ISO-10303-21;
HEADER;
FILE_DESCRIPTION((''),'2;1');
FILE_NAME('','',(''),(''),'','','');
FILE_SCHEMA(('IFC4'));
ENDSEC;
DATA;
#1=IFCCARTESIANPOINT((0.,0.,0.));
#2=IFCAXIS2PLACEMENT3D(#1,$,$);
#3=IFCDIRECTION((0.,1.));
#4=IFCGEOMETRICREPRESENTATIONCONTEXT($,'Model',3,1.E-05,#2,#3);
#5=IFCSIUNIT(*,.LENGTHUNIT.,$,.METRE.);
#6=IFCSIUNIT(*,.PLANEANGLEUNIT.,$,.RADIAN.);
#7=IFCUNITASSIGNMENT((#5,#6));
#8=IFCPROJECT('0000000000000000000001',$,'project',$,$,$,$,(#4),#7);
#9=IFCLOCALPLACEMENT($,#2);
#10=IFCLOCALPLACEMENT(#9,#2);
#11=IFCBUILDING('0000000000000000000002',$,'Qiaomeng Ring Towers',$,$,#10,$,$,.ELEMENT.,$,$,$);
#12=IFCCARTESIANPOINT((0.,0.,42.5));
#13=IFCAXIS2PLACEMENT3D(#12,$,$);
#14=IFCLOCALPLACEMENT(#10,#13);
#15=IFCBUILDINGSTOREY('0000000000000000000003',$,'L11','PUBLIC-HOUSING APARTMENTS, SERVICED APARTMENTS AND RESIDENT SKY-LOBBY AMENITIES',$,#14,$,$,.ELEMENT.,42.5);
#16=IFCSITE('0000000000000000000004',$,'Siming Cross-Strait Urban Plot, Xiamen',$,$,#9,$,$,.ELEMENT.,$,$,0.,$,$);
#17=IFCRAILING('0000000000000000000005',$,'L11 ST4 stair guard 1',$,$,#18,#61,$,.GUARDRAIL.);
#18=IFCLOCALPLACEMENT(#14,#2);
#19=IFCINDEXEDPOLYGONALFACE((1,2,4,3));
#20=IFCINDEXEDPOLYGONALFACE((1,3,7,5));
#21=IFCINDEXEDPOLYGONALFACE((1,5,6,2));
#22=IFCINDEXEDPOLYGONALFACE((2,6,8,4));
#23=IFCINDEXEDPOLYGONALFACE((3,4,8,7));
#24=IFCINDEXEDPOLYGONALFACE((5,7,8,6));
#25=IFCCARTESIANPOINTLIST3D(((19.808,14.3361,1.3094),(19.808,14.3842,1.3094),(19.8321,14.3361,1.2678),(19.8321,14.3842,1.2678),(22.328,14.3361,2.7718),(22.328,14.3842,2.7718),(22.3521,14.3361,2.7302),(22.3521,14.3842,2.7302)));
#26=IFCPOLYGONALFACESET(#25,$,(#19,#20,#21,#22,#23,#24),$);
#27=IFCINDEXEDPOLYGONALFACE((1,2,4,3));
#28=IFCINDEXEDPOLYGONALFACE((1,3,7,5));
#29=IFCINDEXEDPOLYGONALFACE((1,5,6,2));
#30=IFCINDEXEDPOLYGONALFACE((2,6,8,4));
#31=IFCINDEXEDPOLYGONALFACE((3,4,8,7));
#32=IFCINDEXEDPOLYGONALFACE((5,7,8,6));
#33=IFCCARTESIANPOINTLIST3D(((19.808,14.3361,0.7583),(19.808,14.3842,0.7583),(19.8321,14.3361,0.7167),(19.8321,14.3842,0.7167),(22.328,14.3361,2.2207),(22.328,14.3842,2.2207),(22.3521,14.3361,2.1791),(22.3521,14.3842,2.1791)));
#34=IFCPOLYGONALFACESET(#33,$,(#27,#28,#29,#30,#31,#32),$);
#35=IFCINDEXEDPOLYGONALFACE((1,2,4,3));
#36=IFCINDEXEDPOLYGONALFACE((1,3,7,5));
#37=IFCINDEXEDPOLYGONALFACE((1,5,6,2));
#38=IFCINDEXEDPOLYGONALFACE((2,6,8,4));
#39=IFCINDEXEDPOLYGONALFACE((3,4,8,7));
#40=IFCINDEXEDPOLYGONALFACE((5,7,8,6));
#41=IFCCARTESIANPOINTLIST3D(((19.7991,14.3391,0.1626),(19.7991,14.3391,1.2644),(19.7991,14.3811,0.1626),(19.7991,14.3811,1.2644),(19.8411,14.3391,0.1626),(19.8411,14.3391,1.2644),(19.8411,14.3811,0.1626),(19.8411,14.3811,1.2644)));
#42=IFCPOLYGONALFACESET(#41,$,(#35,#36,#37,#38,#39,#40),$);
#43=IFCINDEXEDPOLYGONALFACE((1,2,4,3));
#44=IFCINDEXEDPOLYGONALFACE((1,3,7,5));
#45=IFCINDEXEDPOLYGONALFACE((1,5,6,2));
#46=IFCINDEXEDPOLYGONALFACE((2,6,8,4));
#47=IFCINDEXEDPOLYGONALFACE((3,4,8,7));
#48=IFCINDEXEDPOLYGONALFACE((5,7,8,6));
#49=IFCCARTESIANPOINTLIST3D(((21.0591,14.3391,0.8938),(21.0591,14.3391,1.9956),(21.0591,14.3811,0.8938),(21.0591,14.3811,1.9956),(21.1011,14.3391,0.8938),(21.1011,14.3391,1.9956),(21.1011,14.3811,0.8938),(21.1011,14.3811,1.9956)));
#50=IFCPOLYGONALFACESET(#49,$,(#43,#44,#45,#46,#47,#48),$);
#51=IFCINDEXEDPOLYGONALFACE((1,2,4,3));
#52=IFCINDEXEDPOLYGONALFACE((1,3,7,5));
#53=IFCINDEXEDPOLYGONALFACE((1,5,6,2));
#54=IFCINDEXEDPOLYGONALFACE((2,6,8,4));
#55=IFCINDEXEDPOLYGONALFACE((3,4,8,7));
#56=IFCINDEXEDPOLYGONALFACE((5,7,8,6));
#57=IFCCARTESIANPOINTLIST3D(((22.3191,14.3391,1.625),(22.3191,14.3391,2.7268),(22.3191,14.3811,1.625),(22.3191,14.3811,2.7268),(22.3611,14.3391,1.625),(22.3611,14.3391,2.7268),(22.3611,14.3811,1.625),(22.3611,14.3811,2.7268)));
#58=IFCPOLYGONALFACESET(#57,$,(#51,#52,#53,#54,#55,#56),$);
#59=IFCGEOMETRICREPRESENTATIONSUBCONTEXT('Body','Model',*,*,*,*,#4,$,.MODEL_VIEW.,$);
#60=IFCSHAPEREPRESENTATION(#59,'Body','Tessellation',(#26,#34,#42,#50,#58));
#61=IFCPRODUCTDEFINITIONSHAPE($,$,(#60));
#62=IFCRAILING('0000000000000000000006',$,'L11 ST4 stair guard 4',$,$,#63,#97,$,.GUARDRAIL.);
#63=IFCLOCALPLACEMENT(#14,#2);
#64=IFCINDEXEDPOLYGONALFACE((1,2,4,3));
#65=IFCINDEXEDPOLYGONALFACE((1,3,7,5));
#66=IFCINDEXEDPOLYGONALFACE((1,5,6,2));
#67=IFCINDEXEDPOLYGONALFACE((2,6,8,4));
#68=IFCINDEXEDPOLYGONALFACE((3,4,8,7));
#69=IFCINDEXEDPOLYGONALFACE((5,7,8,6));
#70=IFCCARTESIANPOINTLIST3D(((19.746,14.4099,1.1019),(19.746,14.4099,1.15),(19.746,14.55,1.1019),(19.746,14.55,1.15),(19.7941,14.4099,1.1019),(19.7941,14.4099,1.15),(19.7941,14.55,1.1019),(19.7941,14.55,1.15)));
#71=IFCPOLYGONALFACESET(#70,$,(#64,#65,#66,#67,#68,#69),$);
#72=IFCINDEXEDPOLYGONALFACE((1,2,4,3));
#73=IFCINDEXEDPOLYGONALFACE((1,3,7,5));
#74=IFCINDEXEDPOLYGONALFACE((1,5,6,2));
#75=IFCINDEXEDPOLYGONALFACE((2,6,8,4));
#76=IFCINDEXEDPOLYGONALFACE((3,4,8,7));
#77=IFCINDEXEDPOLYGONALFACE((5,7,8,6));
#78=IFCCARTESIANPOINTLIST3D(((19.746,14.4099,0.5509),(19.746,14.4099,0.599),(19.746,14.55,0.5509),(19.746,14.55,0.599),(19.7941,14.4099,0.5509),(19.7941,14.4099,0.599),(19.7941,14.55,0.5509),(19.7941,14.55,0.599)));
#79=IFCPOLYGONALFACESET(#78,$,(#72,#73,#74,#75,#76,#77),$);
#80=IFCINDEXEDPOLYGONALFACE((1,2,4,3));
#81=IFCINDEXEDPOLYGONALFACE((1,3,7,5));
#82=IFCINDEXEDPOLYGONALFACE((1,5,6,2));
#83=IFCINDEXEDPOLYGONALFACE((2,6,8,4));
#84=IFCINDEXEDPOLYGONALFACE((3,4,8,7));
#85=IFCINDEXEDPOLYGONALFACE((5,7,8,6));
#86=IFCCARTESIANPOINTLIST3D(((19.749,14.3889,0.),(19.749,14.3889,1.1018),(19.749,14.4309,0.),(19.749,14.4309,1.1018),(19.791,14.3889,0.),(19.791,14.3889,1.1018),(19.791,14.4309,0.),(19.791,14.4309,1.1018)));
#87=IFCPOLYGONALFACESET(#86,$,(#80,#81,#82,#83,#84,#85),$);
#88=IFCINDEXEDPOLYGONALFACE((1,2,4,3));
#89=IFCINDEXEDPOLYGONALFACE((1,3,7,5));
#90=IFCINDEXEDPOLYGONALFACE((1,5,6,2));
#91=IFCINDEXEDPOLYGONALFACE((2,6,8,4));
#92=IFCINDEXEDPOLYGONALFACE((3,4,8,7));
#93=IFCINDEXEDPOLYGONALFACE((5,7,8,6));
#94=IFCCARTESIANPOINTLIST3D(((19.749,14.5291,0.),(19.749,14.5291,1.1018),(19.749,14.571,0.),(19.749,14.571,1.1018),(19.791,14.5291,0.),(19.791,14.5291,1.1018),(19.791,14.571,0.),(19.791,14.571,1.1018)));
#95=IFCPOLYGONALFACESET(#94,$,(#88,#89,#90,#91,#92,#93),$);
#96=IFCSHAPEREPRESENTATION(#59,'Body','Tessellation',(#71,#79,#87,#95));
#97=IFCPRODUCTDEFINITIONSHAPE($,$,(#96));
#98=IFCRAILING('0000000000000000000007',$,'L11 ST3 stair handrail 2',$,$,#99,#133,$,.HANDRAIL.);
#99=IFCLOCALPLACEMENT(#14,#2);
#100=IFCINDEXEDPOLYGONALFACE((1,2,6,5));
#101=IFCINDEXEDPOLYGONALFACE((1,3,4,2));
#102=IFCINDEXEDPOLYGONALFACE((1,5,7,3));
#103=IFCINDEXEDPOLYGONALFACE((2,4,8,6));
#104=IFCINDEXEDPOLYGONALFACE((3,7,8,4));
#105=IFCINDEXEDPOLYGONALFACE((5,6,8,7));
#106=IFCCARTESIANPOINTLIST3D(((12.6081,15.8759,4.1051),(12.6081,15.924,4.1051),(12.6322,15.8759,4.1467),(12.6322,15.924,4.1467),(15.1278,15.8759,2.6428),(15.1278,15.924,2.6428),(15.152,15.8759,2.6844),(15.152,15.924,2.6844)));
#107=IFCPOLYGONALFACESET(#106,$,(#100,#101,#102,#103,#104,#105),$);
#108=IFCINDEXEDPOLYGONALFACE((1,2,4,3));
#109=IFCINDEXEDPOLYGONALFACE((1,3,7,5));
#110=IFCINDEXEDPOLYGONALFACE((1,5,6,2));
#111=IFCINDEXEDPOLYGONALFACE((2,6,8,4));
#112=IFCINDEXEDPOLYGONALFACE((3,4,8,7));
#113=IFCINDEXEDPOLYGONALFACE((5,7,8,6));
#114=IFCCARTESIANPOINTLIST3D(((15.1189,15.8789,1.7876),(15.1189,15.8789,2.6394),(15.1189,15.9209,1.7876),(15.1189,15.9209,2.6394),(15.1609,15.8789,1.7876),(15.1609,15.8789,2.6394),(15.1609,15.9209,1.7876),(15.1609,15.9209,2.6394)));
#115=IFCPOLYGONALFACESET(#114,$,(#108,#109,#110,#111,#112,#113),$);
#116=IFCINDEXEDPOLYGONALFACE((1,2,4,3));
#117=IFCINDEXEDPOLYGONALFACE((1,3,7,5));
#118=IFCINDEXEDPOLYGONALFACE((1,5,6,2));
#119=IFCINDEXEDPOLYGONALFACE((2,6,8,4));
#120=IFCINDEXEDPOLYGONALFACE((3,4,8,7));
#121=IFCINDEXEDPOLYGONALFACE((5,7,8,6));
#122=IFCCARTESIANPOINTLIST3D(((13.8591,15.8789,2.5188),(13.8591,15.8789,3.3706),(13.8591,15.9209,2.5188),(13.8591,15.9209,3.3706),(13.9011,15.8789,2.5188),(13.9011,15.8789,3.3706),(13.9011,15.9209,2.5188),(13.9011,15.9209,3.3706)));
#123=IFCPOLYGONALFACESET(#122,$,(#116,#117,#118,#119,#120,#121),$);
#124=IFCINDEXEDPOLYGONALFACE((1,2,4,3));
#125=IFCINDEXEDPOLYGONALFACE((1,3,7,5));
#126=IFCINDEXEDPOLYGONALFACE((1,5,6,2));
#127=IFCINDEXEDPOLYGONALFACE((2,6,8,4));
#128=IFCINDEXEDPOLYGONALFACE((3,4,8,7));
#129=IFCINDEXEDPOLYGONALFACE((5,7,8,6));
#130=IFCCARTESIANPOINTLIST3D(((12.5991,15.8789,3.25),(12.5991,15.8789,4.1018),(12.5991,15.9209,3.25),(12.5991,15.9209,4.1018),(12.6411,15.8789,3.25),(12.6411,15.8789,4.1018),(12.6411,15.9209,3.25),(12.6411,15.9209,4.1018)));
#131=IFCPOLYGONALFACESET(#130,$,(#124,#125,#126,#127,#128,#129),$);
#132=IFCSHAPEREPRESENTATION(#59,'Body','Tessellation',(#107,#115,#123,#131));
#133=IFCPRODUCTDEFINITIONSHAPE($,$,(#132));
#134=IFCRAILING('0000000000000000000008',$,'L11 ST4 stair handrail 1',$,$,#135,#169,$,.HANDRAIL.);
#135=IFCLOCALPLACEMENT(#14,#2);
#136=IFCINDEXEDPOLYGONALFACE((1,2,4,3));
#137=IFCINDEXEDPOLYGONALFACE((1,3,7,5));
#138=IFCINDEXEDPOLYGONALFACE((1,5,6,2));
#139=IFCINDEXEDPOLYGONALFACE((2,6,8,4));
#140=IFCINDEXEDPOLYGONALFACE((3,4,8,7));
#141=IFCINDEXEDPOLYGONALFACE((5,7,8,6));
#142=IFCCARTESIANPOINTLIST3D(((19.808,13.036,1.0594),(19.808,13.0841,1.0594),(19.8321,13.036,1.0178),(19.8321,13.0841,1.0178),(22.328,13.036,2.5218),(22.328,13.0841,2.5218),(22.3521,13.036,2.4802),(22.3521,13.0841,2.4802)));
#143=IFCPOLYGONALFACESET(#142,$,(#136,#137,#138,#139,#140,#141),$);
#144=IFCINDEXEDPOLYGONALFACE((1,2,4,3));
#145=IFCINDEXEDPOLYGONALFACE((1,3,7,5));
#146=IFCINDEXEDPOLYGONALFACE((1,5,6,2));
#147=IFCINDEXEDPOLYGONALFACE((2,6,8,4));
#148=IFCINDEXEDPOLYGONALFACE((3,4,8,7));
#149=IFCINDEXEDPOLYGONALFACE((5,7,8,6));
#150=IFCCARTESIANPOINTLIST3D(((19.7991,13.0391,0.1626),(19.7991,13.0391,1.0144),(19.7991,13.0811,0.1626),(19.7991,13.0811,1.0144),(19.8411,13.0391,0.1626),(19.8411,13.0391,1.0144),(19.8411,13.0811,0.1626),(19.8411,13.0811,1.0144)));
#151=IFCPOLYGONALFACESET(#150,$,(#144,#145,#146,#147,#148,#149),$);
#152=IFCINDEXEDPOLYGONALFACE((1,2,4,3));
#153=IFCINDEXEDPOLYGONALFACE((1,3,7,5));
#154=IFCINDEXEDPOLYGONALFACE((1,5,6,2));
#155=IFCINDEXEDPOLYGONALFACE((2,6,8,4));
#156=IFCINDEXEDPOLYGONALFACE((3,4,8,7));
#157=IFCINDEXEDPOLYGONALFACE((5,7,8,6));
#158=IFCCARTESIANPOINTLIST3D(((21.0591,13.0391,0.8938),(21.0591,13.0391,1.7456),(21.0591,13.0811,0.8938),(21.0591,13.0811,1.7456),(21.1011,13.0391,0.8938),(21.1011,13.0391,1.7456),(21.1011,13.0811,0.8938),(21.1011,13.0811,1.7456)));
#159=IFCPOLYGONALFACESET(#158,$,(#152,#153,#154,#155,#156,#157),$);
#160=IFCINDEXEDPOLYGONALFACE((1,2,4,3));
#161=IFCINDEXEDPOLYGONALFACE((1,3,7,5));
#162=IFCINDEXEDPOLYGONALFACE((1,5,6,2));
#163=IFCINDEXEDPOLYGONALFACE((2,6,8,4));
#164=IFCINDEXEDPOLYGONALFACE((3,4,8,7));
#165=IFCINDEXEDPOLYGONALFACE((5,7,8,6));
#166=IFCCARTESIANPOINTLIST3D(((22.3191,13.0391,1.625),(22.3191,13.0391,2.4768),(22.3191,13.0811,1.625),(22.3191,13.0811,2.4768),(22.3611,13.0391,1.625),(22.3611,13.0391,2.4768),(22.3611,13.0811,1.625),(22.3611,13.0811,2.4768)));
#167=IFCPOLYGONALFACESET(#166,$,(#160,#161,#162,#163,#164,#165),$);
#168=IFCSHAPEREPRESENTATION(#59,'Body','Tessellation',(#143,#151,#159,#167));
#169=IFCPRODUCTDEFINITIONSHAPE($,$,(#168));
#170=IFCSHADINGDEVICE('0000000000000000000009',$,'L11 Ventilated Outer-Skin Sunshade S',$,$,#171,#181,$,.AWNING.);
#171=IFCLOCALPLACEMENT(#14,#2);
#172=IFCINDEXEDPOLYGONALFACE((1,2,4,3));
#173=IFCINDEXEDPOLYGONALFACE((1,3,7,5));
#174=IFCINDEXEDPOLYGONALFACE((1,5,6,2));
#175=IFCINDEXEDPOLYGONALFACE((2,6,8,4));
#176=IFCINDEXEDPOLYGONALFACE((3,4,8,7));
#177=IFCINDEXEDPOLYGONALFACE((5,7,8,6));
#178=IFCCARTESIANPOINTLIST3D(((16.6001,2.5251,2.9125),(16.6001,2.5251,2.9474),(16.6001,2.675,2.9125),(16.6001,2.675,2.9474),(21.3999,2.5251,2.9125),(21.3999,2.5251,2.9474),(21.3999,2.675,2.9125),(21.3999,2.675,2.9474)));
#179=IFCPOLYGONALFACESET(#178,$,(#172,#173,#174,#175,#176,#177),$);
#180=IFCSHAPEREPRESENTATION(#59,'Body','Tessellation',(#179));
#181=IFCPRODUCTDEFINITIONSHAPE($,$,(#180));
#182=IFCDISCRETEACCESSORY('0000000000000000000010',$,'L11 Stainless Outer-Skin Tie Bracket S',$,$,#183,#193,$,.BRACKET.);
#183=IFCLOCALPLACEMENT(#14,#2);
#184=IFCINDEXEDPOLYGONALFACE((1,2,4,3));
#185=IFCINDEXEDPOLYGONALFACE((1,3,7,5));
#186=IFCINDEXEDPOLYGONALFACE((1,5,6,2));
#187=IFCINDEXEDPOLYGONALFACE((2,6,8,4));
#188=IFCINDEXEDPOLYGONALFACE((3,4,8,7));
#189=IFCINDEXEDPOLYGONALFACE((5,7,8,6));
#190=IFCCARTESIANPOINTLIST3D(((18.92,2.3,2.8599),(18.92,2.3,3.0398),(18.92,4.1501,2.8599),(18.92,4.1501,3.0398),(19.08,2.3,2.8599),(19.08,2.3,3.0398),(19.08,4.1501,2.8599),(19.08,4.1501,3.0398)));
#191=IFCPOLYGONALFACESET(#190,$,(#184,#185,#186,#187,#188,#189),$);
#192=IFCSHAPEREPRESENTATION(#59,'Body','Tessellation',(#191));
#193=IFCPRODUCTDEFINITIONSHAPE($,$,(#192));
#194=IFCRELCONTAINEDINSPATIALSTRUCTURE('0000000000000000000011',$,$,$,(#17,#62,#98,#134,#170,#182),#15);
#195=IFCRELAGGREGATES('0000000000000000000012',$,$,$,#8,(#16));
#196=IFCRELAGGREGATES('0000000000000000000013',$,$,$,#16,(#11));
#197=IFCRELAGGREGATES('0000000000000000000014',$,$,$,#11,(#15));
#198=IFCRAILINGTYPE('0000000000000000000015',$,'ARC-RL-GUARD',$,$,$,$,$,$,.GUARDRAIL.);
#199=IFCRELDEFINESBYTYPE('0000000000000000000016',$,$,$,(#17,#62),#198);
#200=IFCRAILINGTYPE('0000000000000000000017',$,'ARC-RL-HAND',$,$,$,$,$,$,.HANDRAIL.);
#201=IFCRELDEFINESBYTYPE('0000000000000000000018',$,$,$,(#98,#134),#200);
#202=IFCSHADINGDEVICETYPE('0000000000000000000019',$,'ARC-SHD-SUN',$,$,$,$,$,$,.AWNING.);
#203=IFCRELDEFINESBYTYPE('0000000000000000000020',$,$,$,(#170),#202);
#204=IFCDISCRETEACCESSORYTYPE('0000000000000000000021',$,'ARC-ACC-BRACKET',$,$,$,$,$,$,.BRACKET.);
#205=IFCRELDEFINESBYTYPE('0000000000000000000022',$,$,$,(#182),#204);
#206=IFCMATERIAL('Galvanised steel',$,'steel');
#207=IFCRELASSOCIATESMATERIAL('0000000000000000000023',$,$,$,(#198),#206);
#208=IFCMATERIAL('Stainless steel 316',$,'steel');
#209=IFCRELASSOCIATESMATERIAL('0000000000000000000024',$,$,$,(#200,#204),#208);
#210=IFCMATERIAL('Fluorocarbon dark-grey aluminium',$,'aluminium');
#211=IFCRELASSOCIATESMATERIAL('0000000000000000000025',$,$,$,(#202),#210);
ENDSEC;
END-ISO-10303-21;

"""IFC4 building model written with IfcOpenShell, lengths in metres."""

from ifc_helpers import new_model, si_unit, direction, frame, origin, origin_2d, place, context, subcontext, project, spatial, rectangle, extrude, source, transform, mapped, material, material_profile, profile_set, type_object, element, save


model = new_model("IFC4")

# Units and contexts
model_context = context("Model", 3, precision=1e-05, world=origin(), true_north=direction((0.0, 1.0)))
body_context = subcontext(model_context, "Body", "Model", "MODEL_VIEW")
ifc_project = project(units=[si_unit("LENGTHUNIT", "METRE"), si_unit("PLANEANGLEUNIT", "RADIAN")], contexts=[model_context])

# Site, building, storey
site_placement = place(None, origin())
site = spatial("IfcSite", under=ifc_project, at=site_placement, Name="Siming Cross-Strait Urban Plot, Xiamen", CompositionType="ELEMENT", RefElevation=0.0)
building_placement = place(site_placement, origin())
building = spatial("IfcBuilding", under=site, at=building_placement, Name="Qiaomeng Ring Towers", CompositionType="ELEMENT")
storey_placement = place(building_placement, frame((0.0, 0.0, 42.5)))
storey = spatial("IfcBuildingStorey", under=building, at=storey_placement, Name="L11", Description="PUBLIC-HOUSING APARTMENTS, SERVICED APARTMENTS AND RESIDENT SKY-LOBBY AMENITIES", CompositionType="ELEMENT", Elevation=42.5)

# Shared definitions
ifc_material_1 = material(Name="Fluorocarbon dark-grey aluminium", Category="aluminium")

# Shared definitions
ifc_material_2 = material(Name="Galvanised steel", Category="steel")

# Railings
railing_type_1 = type_object("IfcRailingType", Name="ARC-RL-GUARD", PredefinedType="GUARDRAIL", material=ifc_material_2)
railing_1_placement = place(storey_placement, frame((19.8201, 14.3601, 0.1626)))
element("IfcRailing", 1, at=railing_1_placement, inside=storey, type_object=railing_type_1, Name="L11 ST4 stair guard 1", PredefinedType="GUARDRAIL", context=body_context, shape_type="SweptSolid", body=[
    extrude(rectangle(XDim=0.0481, YDim=0.0481, at=origin_2d()), frame((0.0, 0.0, 1.126), z_axis=(0.864913, 0.0, 0.501921), x_axis=(0.0, 1.0, 0.0)), (0.0, 0.0, 1.0), 2.9136),
    extrude(rectangle(XDim=0.0481, YDim=0.0481, at=origin_2d()), frame((0.0, 0.0, 0.575), z_axis=(0.864913, 0.0, 0.501921), x_axis=(0.0, 1.0, 0.0)), (0.0, 0.0, 1.0), 2.9136),
    extrude(rectangle(XDim=0.042, YDim=0.042, at=origin_2d()), origin(), (0.0, 0.0, 1.0), 1.1018),
    extrude(rectangle(XDim=0.042, YDim=0.042, at=origin_2d()), frame((1.26, 0.0, 0.7312)), (0.0, 0.0, 1.0), 1.1018),
    extrude(rectangle(XDim=0.042, YDim=0.042, at=origin_2d()), frame((2.52, 0.0, 1.4624)), (0.0, 0.0, 1.0), 1.1018),
])
railing_2_placement = place(storey_placement, frame((19.77, 14.4099, 0.0)))
element("IfcRailing", 2, at=railing_2_placement, inside=storey, type_object=railing_type_1, Name="L11 ST4 stair guard 4", PredefinedType="GUARDRAIL", context=body_context, shape_type="SweptSolid", body=[
    extrude(rectangle(XDim=0.0481, YDim=0.0481, at=origin_2d()), frame((0.0, 0.0, 1.126), z_axis=(0.0, 1.0, 0.0), x_axis=(-1.0, 0.0, 0.0)), (0.0, 0.0, 1.0), 0.1401),
    extrude(rectangle(XDim=0.0481, YDim=0.0481, at=origin_2d()), frame((0.0, 0.0, 0.575), z_axis=(0.0, 1.0, 0.0), x_axis=(-1.0, 0.0, 0.0)), (0.0, 0.0, 1.0), 0.1401),
    extrude(rectangle(XDim=0.042, YDim=0.042, at=origin_2d()), origin(), (0.0, 0.0, 1.0), 1.1018),
    extrude(rectangle(XDim=0.042, YDim=0.042, at=origin_2d()), frame((0.0, 0.1401, 0.0)), (0.0, 0.0, 1.0), 1.1018),
])
ifc_material_3 = material(Name="Stainless steel 316", Category="steel")
railing_type_2 = type_object("IfcRailingType", Name="ARC-RL-HAND", PredefinedType="HANDRAIL", material=ifc_material_3)
railing_3_placement = place(storey_placement, frame((15.1399, 15.8999, 1.7876)))
element("IfcRailing", 3, at=railing_3_placement, inside=storey, type_object=railing_type_2, Name="L11 ST3 stair handrail 2", PredefinedType="HANDRAIL", context=body_context, shape_type="SweptSolid", body=[
    extrude(rectangle(XDim=0.0481, YDim=0.0481, at=origin_2d()), frame((0.0, 0.0, 0.876), z_axis=(-0.864892, 0.0, 0.501958), x_axis=(0.0, -1.0, 0.0)), (0.0, 0.0, 1.0), 2.9133),
    extrude(rectangle(XDim=0.042, YDim=0.042, at=origin_2d()), origin(), (0.0, 0.0, 1.0), 0.8518),
    extrude(rectangle(XDim=0.042, YDim=0.042, at=origin_2d()), frame((-1.2598, 0.0, 0.7312)), (0.0, 0.0, 1.0), 0.8518),
    extrude(rectangle(XDim=0.042, YDim=0.042, at=origin_2d()), frame((-2.5198, 0.0, 1.4624)), (0.0, 0.0, 1.0), 0.8518),
])
railing_4_placement = place(storey_placement, frame((19.8201, 13.0601, 0.1626)))
element("IfcRailing", 4, at=railing_4_placement, inside=storey, type_object=railing_type_2, Name="L11 ST4 stair handrail 1", PredefinedType="HANDRAIL", context=body_context, shape_type="SweptSolid", body=[
    extrude(rectangle(XDim=0.0481, YDim=0.0481, at=origin_2d()), frame((0.0, 0.0, 0.876), z_axis=(0.864913, 0.0, 0.501921), x_axis=(0.0, 1.0, 0.0)), (0.0, 0.0, 1.0), 2.9136),
    extrude(rectangle(XDim=0.042, YDim=0.042, at=origin_2d()), origin(), (0.0, 0.0, 1.0), 0.8518),
    extrude(rectangle(XDim=0.042, YDim=0.042, at=origin_2d()), frame((1.26, 0.0, 0.7312)), (0.0, 0.0, 1.0), 0.8518),
    extrude(rectangle(XDim=0.042, YDim=0.042, at=origin_2d()), frame((2.52, 0.0, 1.4624)), (0.0, 0.0, 1.0), 0.8518),
])

# Shading device
ifc_material_profile_1 = material_profile(ifc_material_1, rectangle(XDim=0.1499, YDim=0.0349, at=origin_2d()), Name="LV BLADE 150x35")
ifc_profile_set_1 = profile_set([ifc_material_profile_1], Name="Fluorocarbon dark-grey aluminium")
shading_device_type = type_object("IfcShadingDeviceType", Name="ARC-SHD-SUN", PredefinedType="AWNING", material=ifc_profile_set_1)
shared_shape_1 = source(origin(), body_context, "Body", "SweptSolid", [
    extrude(rectangle(XDim=0.1499, YDim=0.0349, at=origin_2d()), origin(), (0.0, 0.0, 1.0), 4.7998),
])
shading_device_placement = place(storey_placement, frame((16.6001, 2.6001, 2.9299), z_axis=(1.0, 0.0, 0.0), x_axis=(0.0, 1.0, 0.0)))
element("IfcShadingDevice", 5, at=shading_device_placement, inside=storey, type_object=shading_device_type, Name="L11 Ventilated Outer-Skin Sunshade S", PredefinedType="AWNING", context=body_context, shape_type="MappedRepresentation", body=[
    mapped(shared_shape_1, transform((0.0, 0.0, 0.0), x_axis=(1.0, 0.0, 0.0), y_axis=(0.0, 1.0, 0.0), z_axis=(0.0, 0.0, 1.0), scale=1.0)),
])

# Discrete accessory
discrete_accessory_type = type_object("IfcDiscreteAccessoryType", Name="ARC-ACC-BRACKET", PredefinedType="BRACKET", material=ifc_material_3)
shared_shape_2 = source(origin(), body_context, "Body", "SweptSolid", [
    extrude(rectangle(XDim=0.1599, YDim=1.8501, at=origin_2d()), origin(), (0.0, 0.0, 1.0), 0.1799),
])
discrete_accessory_placement = place(storey_placement, frame((19.0, 3.2251, 2.8599), z_axis=(0.0, 0.0, 1.0), x_axis=(1.0, 0.0, 0.0)))
element("IfcDiscreteAccessory", 6, at=discrete_accessory_placement, inside=storey, type_object=discrete_accessory_type, Name="L11 Stainless Outer-Skin Tie Bracket S", PredefinedType="BRACKET", context=body_context, shape_type="MappedRepresentation", body=[
    mapped(shared_shape_2, transform((0.0, 0.0, 0.0), x_axis=(1.0, 0.0, 0.0), y_axis=(0.0, 1.0, 0.0), z_axis=(0.0, 0.0, 1.0), scale=1.0)),
])

save(model, "model.ifc")
